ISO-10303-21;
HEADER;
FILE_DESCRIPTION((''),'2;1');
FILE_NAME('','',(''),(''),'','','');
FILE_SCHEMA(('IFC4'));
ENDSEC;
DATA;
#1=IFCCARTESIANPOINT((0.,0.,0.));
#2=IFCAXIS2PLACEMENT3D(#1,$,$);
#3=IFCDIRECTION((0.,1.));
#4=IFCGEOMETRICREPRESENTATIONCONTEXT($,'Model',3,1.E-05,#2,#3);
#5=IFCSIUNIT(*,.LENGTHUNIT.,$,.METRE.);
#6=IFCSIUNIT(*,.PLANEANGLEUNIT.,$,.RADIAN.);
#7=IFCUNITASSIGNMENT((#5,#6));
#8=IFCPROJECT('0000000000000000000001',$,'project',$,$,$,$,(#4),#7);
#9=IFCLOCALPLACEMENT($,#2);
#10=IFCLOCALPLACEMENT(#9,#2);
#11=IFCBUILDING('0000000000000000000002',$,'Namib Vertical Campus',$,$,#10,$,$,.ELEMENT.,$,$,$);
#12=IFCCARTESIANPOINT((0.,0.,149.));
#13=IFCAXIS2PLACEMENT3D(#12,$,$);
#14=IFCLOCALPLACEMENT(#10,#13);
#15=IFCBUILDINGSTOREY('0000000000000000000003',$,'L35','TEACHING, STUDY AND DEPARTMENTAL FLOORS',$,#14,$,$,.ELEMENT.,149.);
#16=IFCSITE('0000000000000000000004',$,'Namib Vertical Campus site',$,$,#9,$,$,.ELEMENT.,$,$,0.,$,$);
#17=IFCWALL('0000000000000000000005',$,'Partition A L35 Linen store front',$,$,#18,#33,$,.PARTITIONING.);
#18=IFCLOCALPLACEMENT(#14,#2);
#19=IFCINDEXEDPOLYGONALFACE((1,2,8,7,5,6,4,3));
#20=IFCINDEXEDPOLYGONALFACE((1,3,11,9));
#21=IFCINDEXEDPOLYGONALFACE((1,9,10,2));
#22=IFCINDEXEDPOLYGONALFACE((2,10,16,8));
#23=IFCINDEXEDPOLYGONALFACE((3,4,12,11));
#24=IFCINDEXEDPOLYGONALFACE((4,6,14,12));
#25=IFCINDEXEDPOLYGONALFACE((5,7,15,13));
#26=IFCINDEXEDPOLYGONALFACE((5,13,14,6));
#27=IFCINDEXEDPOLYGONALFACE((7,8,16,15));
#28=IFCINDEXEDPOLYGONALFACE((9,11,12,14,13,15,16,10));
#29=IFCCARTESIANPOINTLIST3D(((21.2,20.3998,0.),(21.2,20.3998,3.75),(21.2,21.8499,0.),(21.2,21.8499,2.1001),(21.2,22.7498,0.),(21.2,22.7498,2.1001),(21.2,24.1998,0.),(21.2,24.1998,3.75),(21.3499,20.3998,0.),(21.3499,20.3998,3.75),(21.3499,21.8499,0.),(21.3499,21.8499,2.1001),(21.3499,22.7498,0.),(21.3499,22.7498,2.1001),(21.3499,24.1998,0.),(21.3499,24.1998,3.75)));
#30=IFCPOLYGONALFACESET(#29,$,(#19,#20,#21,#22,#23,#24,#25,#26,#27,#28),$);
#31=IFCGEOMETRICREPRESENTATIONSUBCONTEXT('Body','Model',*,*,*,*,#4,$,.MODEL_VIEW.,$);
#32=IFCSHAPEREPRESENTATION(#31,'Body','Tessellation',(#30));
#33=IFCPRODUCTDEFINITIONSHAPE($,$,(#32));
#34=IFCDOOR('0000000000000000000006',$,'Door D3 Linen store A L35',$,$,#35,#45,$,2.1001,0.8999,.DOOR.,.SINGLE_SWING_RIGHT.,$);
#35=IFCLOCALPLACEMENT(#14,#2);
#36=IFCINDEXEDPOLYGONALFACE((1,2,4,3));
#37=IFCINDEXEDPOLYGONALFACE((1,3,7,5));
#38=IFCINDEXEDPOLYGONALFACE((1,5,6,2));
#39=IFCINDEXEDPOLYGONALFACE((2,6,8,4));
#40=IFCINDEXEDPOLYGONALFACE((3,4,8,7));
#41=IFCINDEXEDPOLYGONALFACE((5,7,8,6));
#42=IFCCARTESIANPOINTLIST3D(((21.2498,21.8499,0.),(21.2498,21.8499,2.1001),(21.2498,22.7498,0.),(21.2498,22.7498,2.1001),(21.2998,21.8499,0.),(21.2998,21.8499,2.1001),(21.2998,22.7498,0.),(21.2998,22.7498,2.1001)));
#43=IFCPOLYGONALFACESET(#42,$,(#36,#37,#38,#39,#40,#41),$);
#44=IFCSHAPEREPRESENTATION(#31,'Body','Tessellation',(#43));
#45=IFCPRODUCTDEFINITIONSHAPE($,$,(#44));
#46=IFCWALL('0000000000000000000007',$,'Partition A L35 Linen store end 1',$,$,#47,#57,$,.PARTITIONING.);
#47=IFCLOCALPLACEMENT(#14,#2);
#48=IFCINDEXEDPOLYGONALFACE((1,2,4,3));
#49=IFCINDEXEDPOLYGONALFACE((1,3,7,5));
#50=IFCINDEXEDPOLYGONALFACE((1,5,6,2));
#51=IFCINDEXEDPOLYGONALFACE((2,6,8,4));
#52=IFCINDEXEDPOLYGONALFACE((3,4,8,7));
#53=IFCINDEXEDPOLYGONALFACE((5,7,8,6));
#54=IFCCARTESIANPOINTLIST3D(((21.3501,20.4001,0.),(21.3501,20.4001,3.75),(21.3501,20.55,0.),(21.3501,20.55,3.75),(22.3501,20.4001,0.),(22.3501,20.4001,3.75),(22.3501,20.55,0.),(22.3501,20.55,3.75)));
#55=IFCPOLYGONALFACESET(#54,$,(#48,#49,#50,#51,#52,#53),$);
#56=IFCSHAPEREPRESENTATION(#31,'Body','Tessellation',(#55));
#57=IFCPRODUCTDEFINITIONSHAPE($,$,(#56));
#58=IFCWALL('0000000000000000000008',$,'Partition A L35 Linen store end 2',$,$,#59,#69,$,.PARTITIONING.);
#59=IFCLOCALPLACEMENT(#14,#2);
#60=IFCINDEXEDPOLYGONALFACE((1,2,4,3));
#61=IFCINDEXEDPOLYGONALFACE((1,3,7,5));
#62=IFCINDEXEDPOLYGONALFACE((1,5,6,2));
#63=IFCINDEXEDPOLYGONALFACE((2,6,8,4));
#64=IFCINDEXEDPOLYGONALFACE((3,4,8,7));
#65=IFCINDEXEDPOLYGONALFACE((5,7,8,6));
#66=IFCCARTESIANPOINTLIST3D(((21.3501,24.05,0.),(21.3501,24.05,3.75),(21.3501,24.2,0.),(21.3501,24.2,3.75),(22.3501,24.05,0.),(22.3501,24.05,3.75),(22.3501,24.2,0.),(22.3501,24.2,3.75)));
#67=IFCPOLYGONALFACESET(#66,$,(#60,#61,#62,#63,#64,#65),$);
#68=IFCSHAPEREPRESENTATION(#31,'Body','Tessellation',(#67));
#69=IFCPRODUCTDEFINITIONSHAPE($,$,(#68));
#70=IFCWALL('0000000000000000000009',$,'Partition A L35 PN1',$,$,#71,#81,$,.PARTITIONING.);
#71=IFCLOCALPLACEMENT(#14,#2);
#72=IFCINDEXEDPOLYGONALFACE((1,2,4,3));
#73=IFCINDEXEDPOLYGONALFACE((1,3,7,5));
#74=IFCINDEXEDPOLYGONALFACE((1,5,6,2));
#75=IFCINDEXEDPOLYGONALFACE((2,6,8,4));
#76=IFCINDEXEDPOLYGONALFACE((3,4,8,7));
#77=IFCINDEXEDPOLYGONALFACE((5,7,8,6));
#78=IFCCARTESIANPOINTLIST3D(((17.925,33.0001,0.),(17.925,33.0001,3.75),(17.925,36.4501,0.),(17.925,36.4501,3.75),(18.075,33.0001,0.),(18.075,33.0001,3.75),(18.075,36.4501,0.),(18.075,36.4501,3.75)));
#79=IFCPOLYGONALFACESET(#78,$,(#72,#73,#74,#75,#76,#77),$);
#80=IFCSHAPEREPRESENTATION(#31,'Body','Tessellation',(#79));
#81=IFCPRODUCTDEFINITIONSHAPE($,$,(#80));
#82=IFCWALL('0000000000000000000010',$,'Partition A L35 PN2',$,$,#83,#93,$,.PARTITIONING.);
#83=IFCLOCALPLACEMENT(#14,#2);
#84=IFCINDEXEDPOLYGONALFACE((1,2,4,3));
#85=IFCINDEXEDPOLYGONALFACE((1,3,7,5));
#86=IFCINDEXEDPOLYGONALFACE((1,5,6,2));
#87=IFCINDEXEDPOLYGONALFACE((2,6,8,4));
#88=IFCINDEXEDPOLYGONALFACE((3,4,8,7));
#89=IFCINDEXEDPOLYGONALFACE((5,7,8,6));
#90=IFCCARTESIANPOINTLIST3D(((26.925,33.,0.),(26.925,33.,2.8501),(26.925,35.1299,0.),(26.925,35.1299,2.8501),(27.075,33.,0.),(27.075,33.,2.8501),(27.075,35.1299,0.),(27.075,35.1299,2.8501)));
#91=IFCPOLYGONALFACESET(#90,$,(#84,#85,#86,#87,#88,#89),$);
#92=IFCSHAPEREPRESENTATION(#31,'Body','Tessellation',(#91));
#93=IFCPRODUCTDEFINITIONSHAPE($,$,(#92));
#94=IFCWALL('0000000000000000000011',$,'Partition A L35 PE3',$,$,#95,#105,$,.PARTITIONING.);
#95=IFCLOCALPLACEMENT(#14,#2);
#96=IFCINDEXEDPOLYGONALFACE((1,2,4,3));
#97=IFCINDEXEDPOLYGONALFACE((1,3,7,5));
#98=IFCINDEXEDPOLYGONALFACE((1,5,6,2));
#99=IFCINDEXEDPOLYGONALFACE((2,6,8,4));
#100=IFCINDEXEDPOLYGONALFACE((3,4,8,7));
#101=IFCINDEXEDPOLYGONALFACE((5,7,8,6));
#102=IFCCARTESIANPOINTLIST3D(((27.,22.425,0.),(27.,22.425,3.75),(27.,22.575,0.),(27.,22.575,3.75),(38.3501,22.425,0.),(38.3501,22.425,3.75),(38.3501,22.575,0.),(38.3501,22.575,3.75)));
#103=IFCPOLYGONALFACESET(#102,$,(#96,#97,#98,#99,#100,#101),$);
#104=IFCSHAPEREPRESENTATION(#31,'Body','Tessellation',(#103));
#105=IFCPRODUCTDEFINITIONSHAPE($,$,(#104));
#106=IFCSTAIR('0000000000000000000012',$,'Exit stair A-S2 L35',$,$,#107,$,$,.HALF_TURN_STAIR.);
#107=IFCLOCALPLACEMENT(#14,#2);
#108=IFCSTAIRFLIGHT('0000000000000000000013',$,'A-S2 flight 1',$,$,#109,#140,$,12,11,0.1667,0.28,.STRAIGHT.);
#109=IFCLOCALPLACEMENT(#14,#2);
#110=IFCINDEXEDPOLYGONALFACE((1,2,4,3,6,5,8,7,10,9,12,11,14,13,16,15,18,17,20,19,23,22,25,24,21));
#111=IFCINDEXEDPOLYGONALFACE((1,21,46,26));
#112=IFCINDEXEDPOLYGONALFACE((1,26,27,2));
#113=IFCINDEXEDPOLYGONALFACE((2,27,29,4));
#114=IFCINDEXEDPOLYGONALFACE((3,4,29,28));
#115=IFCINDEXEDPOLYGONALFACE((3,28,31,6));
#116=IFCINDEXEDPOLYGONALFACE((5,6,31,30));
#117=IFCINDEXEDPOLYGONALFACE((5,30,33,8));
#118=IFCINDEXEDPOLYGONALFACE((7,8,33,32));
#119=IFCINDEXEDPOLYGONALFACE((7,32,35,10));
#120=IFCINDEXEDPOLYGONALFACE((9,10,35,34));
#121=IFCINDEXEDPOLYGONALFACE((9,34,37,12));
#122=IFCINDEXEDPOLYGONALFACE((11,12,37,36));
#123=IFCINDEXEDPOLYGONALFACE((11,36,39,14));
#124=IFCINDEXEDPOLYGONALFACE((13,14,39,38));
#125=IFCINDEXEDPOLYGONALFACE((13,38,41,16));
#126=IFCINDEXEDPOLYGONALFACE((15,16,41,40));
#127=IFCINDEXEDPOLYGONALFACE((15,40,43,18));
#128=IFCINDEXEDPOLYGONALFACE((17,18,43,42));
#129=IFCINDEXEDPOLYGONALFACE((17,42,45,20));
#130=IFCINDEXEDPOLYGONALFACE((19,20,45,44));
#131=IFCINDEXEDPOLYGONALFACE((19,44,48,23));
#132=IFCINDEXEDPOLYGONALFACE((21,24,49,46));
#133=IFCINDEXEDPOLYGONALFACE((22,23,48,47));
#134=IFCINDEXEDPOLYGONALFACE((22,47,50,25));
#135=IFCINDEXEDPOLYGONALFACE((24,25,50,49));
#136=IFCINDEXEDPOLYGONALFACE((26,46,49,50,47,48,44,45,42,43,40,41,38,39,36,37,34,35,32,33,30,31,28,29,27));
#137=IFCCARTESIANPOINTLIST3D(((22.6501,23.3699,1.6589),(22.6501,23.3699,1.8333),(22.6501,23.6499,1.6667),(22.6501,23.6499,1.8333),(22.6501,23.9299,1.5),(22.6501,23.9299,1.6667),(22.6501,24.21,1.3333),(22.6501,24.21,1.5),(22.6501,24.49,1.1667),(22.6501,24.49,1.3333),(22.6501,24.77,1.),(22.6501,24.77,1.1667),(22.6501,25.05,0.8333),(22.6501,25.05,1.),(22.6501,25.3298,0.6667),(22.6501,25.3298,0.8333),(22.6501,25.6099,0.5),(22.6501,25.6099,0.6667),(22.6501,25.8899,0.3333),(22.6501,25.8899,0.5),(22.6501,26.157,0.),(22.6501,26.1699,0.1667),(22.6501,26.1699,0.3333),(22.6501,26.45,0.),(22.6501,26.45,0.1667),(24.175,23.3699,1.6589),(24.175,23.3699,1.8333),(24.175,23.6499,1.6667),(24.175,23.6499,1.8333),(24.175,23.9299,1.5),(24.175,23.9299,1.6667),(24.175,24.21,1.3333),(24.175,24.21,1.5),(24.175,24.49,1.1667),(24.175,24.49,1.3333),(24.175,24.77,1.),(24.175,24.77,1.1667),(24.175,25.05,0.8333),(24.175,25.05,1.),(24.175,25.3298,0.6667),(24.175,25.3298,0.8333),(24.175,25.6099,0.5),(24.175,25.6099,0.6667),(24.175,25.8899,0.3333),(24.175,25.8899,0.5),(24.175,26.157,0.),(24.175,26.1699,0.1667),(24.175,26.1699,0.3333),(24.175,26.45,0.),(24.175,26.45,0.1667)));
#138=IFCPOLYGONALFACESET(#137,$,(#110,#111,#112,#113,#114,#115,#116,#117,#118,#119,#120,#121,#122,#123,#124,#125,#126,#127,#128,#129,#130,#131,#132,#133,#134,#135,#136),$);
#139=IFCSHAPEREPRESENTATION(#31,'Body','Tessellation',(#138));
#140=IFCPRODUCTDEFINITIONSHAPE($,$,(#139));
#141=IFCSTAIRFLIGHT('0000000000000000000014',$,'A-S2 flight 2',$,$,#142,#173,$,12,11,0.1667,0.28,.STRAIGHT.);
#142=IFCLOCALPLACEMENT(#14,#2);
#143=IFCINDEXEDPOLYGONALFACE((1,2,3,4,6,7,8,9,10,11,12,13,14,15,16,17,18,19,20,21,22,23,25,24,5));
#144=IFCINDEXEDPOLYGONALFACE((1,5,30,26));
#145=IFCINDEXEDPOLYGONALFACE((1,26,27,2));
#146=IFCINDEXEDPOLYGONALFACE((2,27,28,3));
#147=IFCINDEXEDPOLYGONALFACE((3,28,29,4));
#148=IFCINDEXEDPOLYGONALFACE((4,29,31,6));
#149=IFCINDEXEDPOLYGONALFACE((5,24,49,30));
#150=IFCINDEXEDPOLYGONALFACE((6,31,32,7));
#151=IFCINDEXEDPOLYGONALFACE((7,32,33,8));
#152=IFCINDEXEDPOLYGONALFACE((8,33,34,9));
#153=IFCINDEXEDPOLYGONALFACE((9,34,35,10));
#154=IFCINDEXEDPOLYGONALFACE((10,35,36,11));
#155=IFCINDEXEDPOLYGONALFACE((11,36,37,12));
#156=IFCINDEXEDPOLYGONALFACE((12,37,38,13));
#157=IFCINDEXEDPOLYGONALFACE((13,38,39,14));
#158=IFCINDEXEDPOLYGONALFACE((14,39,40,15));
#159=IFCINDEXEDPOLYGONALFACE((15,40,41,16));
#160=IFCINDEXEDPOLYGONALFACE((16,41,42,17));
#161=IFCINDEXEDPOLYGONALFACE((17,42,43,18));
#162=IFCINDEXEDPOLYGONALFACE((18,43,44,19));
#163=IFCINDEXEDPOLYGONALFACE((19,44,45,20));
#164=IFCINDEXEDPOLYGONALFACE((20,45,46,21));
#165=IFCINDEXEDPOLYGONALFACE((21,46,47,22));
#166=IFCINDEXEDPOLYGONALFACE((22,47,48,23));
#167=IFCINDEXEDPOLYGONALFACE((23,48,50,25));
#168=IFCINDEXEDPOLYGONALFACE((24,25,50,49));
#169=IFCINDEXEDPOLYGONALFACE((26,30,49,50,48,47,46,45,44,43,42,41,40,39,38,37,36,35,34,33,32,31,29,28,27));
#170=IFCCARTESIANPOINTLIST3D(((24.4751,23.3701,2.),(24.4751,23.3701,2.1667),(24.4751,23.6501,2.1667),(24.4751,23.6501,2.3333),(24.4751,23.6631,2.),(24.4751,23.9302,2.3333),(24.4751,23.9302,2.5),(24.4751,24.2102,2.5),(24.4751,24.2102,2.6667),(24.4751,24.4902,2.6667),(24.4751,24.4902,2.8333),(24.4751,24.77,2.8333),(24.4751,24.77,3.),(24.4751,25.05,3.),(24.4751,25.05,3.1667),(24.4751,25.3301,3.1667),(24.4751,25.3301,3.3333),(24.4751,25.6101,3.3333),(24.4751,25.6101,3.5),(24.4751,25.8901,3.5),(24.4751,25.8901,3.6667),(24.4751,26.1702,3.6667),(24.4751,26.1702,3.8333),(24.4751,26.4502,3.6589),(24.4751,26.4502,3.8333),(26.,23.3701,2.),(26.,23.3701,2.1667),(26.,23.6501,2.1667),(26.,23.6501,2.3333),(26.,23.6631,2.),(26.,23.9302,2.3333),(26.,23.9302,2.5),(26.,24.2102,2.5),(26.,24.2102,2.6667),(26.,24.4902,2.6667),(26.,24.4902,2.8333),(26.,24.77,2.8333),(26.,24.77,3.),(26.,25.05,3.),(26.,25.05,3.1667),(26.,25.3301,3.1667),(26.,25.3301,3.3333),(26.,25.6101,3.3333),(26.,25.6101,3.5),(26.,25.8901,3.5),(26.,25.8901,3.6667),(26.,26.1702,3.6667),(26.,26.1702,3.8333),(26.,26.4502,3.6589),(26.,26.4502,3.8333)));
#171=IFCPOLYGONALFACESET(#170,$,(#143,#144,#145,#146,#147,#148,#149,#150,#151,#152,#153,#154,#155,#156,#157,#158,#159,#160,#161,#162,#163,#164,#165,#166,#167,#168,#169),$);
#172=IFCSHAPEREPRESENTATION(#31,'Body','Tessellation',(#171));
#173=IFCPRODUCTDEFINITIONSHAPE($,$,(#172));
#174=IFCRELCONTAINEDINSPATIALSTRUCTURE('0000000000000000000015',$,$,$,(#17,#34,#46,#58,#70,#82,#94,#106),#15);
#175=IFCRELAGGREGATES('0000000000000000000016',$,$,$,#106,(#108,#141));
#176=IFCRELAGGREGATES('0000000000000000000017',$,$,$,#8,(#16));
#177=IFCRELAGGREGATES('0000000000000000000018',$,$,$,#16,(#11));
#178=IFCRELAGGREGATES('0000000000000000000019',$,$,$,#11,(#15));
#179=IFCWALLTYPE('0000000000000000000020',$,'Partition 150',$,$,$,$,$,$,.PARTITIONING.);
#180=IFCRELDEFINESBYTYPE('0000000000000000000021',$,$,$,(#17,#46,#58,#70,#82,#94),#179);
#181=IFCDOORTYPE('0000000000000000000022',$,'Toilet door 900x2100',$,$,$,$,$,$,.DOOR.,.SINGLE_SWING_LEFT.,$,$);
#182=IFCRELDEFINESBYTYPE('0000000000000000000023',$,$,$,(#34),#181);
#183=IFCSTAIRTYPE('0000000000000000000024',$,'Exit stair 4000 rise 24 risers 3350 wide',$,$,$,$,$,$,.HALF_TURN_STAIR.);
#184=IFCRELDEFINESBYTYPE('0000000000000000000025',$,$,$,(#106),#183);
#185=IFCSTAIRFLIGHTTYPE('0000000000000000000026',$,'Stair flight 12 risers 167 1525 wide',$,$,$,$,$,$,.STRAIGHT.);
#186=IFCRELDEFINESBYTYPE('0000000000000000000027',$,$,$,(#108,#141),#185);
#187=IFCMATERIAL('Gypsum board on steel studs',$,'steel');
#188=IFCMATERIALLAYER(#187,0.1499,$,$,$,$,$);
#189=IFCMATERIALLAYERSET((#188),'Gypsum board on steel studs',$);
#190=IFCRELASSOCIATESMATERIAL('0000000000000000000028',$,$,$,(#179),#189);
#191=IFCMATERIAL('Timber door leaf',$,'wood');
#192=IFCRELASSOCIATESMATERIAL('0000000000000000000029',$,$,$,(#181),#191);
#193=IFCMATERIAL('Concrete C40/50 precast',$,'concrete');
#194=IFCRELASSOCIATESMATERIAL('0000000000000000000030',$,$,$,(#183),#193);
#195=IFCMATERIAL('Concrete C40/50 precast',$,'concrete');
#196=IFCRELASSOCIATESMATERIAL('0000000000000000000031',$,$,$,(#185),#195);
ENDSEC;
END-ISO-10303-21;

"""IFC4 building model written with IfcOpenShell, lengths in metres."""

from ifc_helpers import new_model, si_unit, direction, frame, frame_2d, origin, place, context, subcontext, project, spatial, polyline, rectangle, outline, extrude, material, layer, layer_set, type_object, element, fill, aggregate, save


model = new_model("IFC4")

# Units and contexts
model_context = context("Model", 3, precision=1e-05, world=origin(), true_north=direction((0.0, 1.0)))
body_context = subcontext(model_context, "Body", "Model", "MODEL_VIEW")
ifc_project = project(units=[si_unit("LENGTHUNIT", "METRE"), si_unit("PLANEANGLEUNIT", "RADIAN")], contexts=[model_context])

# Site, building, storey
site_placement = place(None, origin())
site = spatial("IfcSite", under=ifc_project, at=site_placement, Name="Namib Vertical Campus site", CompositionType="ELEMENT", RefElevation=0.0)
building_placement = place(site_placement, origin())
building = spatial("IfcBuilding", under=site, at=building_placement, Name="Namib Vertical Campus", CompositionType="ELEMENT")
storey_placement = place(building_placement, frame((0.0, 0.0, 149.0)))
storey = spatial("IfcBuildingStorey", under=building, at=storey_placement, Name="L35", Description="TEACHING, STUDY AND DEPARTMENTAL FLOORS", CompositionType="ELEMENT", Elevation=149.0)

# Wall, opening, door
ifc_material_1 = material(Name="Gypsum board on steel studs", Category="steel")
ifc_layer_1 = layer(ifc_material_1, 0.1499)
ifc_layer_set_1 = layer_set([ifc_layer_1], Name="Gypsum board on steel studs")
wall_type_1 = type_object("IfcWallType", Name="Partition 150", PredefinedType="PARTITIONING", material=ifc_layer_set_1)
wall_1_placement = place(storey_placement, frame((21.2749, 20.3999, 0.0), z_axis=(0.0, 0.0, 1.0), x_axis=(0.0, 1.0, 0.0)))
wall_1 = element("IfcWall", 1, at=wall_1_placement, inside=storey, type_object=wall_type_1, Name="Partition A L35 Linen store front", PredefinedType="PARTITIONING", context=body_context, shape_type="SweptSolid", body=[
    extrude(rectangle(XDim=3.8, YDim=0.1499, at=frame_2d((1.8999, 0.0))), origin(), (0.0, 0.0, 1.0), 3.75),
])
opening_1_placement = place(wall_1_placement, frame((1.45, 0.0, 0.0)))
opening_1 = element("IfcOpeningElement", 2, at=opening_1_placement, cuts=wall_1, PredefinedType="OPENING", context=body_context, shape_type="SweptSolid", body=[
    extrude(rectangle(XDim=0.8999, YDim=2.1001, at=frame_2d((0.45, 1.05))), frame((0.0, 0.085, 0.0), z_axis=(0.0, -1.0, 0.0), x_axis=(1.0, 0.0, 0.0)), (0.0, 0.0, 1.0), 0.1699),
])
ifc_material_2 = material(Name="Timber door leaf", Category="wood")
door_type_1 = type_object("IfcDoorType", Name="Toilet door 900x2100", OperationType="SINGLE_SWING_LEFT", PredefinedType="DOOR", material=ifc_material_2)
door_1_placement = place(opening_1_placement, frame((0.8999, 0.0, 0.0), z_axis=(0.0, 0.0, 1.0), x_axis=(-1.0, 0.0, 0.0)))
door_1 = element("IfcDoor", 3, at=door_1_placement, inside=storey, type_object=door_type_1, Name="Door D3 Linen store A L35", OperationType="SINGLE_SWING_RIGHT", OverallHeight=2.1001, OverallWidth=0.8999, PredefinedType="DOOR", context=body_context, shape_type="SweptSolid", body=[
    extrude(rectangle(XDim=0.8999, YDim=2.1001, at=frame_2d((0.45, 1.05))), frame((0.0, 0.0249, 0.0), z_axis=(0.0, -1.0, 0.0), x_axis=(1.0, 0.0, 0.0)), (0.0, 0.0, 1.0), 0.05),
])
fill(opening_1, door_1)

# Walls
for number, where, z_axis, x_axis, name in (
    (4, (21.3501, 20.4751, 0.0), (0.0, 0.0, 1.0), (1.0, 0.0, 0.0), "Partition A L35 Linen store end 1"),
    (5, (21.3501, 24.125, 0.0), (0.0, 0.0, 1.0), (1.0, 0.0, 0.0), "Partition A L35 Linen store end 2"),
):
    element("IfcWall", number, at=place(storey_placement, frame(where, z_axis=z_axis, x_axis=x_axis)), inside=storey, type_object=wall_type_1, Name=name, PredefinedType="PARTITIONING", context=body_context, shape_type="SweptSolid", body=[
        extrude(rectangle(XDim=1.0, YDim=0.1499, at=frame_2d((0.5, 0.0))), origin(), (0.0, 0.0, 1.0), 3.75),
    ])
wall_2_placement = place(storey_placement, frame((18.0, 33.0, 0.0), z_axis=(0.0, 0.0, 1.0), x_axis=(0.0, 1.0, 0.0)))
element("IfcWall", 6, at=wall_2_placement, inside=storey, type_object=wall_type_1, Name="Partition A L35 PN1", PredefinedType="PARTITIONING", context=body_context, shape_type="SweptSolid", body=[
    extrude(rectangle(XDim=3.45, YDim=0.1499, at=frame_2d((1.7251, 0.0))), origin(), (0.0, 0.0, 1.0), 3.75),
])
wall_3_placement = place(storey_placement, frame((27.0, 33.0, 0.0), z_axis=(0.0, 0.0, 1.0), x_axis=(0.0, 1.0, 0.0)))
element("IfcWall", 7, at=wall_3_placement, inside=storey, type_object=wall_type_1, Name="Partition A L35 PN2", PredefinedType="PARTITIONING", context=body_context, shape_type="SweptSolid", body=[
    extrude(rectangle(XDim=2.1299, YDim=0.1499, at=frame_2d((1.0649, 0.0))), origin(), (0.0, 0.0, 1.0), 2.8501),
])
wall_4_placement = place(storey_placement, frame((27.0, 22.5, 0.0), z_axis=(0.0, 0.0, 1.0), x_axis=(1.0, 0.0, 0.0)))
element("IfcWall", 8, at=wall_4_placement, inside=storey, type_object=wall_type_1, Name="Partition A L35 PE3", PredefinedType="PARTITIONING", context=body_context, shape_type="SweptSolid", body=[
    extrude(rectangle(XDim=11.3501, YDim=0.1499, at=frame_2d((5.675, 0.0))), origin(), (0.0, 0.0, 1.0), 3.75),
])

# Stair, stair flights
ifc_material_3 = material(Name="Concrete C40/50 precast", Category="concrete")
stair_type = type_object("IfcStairType", Name="Exit stair 4000 rise 24 risers 3350 wide", PredefinedType="HALF_TURN_STAIR", material=ifc_material_3)
stair_placement = place(storey_placement, origin())
stair = element("IfcStair", 9, at=stair_placement, inside=storey, type_object=stair_type, Name="Exit stair A-S2 L35", PredefinedType="HALF_TURN_STAIR")
ifc_material_4 = material(Name="Concrete C40/50 precast", Category="concrete")
stair_flight_type = type_object("IfcStairFlightType", Name="Stair flight 12 risers 167 1525 wide", PredefinedType="STRAIGHT", material=ifc_material_4)
stair_flight_1_placement = place(storey_placement, frame((23.4126, 26.45, 0.0), z_axis=(0.0, 0.0, 1.0), x_axis=(0.0, -1.0, 0.0)))
stair_flight_1 = element("IfcStairFlight", 10, at=stair_flight_1_placement, type_object=stair_flight_type, Name="A-S2 flight 1", NumberOfRisers=12, NumberOfTreads=11, PredefinedType="STRAIGHT", RiserHeight=0.1667, TreadLength=0.28, context=body_context, shape_type="SweptSolid", body=[
    extrude(outline(polyline([(0.0, 0.0), (0.0, 0.1667), (0.28, 0.1667), (0.28, 0.3333), (0.5601, 0.3333), (0.5601, 0.5), (0.8401, 0.5), (0.8401, 0.6667), (1.1201, 0.6667), (1.1201, 0.8333), (1.3999, 0.8333), (1.3999, 1.0), (1.6799, 1.0), (1.6799, 1.1667), (1.96, 1.1667), (1.96, 1.3333), (2.24, 1.3333), (2.24, 1.5), (2.52, 1.5), (2.52, 1.6667), (2.8, 1.6667), (2.8, 1.8333), (3.0801, 1.8333), (3.0801, 2.0), (3.0801, 1.6589), (0.293, 0.0), (0.0, 0.0)])), frame((0.0, 0.7625, 0.0), z_axis=(0.0, -1.0, 0.0), x_axis=(1.0, 0.0, 0.0)), (0.0, 0.0, 1.0), 1.5249),
])
stair_flight_2_placement = place(storey_placement, frame((25.2375, 23.3701, 2.0), z_axis=(0.0, 0.0, 1.0), x_axis=(0.0, 1.0, 0.0)))
stair_flight_2 = element("IfcStairFlight", 11, at=stair_flight_2_placement, type_object=stair_flight_type, Name="A-S2 flight 2", NumberOfRisers=12, NumberOfTreads=11, PredefinedType="STRAIGHT", RiserHeight=0.1667, TreadLength=0.28, context=body_context, shape_type="SweptSolid", body=[
    extrude(outline(polyline([(0.0, 0.0), (0.0, 0.1667), (0.28, 0.1667), (0.28, 0.3333), (0.5601, 0.3333), (0.5601, 0.5), (0.8401, 0.5), (0.8401, 0.6667), (1.1201, 0.6667), (1.1201, 0.8333), (1.3999, 0.8333), (1.3999, 1.0), (1.6799, 1.0), (1.6799, 1.1667), (1.96, 1.1667), (1.96, 1.3333), (2.24, 1.3333), (2.24, 1.5), (2.52, 1.5), (2.52, 1.6667), (2.8, 1.6667), (2.8, 1.8333), (3.0801, 1.8333), (3.0801, 2.0), (3.0801, 1.6589), (0.293, 0.0), (0.0, 0.0)])), frame((0.0, 0.7625, 0.0), z_axis=(0.0, -1.0, 0.0), x_axis=(1.0, 0.0, 0.0)), (0.0, 0.0, 1.0), 1.5249),
])
aggregate(stair, [stair_flight_1, stair_flight_2])

save(model, "model.ifc")
